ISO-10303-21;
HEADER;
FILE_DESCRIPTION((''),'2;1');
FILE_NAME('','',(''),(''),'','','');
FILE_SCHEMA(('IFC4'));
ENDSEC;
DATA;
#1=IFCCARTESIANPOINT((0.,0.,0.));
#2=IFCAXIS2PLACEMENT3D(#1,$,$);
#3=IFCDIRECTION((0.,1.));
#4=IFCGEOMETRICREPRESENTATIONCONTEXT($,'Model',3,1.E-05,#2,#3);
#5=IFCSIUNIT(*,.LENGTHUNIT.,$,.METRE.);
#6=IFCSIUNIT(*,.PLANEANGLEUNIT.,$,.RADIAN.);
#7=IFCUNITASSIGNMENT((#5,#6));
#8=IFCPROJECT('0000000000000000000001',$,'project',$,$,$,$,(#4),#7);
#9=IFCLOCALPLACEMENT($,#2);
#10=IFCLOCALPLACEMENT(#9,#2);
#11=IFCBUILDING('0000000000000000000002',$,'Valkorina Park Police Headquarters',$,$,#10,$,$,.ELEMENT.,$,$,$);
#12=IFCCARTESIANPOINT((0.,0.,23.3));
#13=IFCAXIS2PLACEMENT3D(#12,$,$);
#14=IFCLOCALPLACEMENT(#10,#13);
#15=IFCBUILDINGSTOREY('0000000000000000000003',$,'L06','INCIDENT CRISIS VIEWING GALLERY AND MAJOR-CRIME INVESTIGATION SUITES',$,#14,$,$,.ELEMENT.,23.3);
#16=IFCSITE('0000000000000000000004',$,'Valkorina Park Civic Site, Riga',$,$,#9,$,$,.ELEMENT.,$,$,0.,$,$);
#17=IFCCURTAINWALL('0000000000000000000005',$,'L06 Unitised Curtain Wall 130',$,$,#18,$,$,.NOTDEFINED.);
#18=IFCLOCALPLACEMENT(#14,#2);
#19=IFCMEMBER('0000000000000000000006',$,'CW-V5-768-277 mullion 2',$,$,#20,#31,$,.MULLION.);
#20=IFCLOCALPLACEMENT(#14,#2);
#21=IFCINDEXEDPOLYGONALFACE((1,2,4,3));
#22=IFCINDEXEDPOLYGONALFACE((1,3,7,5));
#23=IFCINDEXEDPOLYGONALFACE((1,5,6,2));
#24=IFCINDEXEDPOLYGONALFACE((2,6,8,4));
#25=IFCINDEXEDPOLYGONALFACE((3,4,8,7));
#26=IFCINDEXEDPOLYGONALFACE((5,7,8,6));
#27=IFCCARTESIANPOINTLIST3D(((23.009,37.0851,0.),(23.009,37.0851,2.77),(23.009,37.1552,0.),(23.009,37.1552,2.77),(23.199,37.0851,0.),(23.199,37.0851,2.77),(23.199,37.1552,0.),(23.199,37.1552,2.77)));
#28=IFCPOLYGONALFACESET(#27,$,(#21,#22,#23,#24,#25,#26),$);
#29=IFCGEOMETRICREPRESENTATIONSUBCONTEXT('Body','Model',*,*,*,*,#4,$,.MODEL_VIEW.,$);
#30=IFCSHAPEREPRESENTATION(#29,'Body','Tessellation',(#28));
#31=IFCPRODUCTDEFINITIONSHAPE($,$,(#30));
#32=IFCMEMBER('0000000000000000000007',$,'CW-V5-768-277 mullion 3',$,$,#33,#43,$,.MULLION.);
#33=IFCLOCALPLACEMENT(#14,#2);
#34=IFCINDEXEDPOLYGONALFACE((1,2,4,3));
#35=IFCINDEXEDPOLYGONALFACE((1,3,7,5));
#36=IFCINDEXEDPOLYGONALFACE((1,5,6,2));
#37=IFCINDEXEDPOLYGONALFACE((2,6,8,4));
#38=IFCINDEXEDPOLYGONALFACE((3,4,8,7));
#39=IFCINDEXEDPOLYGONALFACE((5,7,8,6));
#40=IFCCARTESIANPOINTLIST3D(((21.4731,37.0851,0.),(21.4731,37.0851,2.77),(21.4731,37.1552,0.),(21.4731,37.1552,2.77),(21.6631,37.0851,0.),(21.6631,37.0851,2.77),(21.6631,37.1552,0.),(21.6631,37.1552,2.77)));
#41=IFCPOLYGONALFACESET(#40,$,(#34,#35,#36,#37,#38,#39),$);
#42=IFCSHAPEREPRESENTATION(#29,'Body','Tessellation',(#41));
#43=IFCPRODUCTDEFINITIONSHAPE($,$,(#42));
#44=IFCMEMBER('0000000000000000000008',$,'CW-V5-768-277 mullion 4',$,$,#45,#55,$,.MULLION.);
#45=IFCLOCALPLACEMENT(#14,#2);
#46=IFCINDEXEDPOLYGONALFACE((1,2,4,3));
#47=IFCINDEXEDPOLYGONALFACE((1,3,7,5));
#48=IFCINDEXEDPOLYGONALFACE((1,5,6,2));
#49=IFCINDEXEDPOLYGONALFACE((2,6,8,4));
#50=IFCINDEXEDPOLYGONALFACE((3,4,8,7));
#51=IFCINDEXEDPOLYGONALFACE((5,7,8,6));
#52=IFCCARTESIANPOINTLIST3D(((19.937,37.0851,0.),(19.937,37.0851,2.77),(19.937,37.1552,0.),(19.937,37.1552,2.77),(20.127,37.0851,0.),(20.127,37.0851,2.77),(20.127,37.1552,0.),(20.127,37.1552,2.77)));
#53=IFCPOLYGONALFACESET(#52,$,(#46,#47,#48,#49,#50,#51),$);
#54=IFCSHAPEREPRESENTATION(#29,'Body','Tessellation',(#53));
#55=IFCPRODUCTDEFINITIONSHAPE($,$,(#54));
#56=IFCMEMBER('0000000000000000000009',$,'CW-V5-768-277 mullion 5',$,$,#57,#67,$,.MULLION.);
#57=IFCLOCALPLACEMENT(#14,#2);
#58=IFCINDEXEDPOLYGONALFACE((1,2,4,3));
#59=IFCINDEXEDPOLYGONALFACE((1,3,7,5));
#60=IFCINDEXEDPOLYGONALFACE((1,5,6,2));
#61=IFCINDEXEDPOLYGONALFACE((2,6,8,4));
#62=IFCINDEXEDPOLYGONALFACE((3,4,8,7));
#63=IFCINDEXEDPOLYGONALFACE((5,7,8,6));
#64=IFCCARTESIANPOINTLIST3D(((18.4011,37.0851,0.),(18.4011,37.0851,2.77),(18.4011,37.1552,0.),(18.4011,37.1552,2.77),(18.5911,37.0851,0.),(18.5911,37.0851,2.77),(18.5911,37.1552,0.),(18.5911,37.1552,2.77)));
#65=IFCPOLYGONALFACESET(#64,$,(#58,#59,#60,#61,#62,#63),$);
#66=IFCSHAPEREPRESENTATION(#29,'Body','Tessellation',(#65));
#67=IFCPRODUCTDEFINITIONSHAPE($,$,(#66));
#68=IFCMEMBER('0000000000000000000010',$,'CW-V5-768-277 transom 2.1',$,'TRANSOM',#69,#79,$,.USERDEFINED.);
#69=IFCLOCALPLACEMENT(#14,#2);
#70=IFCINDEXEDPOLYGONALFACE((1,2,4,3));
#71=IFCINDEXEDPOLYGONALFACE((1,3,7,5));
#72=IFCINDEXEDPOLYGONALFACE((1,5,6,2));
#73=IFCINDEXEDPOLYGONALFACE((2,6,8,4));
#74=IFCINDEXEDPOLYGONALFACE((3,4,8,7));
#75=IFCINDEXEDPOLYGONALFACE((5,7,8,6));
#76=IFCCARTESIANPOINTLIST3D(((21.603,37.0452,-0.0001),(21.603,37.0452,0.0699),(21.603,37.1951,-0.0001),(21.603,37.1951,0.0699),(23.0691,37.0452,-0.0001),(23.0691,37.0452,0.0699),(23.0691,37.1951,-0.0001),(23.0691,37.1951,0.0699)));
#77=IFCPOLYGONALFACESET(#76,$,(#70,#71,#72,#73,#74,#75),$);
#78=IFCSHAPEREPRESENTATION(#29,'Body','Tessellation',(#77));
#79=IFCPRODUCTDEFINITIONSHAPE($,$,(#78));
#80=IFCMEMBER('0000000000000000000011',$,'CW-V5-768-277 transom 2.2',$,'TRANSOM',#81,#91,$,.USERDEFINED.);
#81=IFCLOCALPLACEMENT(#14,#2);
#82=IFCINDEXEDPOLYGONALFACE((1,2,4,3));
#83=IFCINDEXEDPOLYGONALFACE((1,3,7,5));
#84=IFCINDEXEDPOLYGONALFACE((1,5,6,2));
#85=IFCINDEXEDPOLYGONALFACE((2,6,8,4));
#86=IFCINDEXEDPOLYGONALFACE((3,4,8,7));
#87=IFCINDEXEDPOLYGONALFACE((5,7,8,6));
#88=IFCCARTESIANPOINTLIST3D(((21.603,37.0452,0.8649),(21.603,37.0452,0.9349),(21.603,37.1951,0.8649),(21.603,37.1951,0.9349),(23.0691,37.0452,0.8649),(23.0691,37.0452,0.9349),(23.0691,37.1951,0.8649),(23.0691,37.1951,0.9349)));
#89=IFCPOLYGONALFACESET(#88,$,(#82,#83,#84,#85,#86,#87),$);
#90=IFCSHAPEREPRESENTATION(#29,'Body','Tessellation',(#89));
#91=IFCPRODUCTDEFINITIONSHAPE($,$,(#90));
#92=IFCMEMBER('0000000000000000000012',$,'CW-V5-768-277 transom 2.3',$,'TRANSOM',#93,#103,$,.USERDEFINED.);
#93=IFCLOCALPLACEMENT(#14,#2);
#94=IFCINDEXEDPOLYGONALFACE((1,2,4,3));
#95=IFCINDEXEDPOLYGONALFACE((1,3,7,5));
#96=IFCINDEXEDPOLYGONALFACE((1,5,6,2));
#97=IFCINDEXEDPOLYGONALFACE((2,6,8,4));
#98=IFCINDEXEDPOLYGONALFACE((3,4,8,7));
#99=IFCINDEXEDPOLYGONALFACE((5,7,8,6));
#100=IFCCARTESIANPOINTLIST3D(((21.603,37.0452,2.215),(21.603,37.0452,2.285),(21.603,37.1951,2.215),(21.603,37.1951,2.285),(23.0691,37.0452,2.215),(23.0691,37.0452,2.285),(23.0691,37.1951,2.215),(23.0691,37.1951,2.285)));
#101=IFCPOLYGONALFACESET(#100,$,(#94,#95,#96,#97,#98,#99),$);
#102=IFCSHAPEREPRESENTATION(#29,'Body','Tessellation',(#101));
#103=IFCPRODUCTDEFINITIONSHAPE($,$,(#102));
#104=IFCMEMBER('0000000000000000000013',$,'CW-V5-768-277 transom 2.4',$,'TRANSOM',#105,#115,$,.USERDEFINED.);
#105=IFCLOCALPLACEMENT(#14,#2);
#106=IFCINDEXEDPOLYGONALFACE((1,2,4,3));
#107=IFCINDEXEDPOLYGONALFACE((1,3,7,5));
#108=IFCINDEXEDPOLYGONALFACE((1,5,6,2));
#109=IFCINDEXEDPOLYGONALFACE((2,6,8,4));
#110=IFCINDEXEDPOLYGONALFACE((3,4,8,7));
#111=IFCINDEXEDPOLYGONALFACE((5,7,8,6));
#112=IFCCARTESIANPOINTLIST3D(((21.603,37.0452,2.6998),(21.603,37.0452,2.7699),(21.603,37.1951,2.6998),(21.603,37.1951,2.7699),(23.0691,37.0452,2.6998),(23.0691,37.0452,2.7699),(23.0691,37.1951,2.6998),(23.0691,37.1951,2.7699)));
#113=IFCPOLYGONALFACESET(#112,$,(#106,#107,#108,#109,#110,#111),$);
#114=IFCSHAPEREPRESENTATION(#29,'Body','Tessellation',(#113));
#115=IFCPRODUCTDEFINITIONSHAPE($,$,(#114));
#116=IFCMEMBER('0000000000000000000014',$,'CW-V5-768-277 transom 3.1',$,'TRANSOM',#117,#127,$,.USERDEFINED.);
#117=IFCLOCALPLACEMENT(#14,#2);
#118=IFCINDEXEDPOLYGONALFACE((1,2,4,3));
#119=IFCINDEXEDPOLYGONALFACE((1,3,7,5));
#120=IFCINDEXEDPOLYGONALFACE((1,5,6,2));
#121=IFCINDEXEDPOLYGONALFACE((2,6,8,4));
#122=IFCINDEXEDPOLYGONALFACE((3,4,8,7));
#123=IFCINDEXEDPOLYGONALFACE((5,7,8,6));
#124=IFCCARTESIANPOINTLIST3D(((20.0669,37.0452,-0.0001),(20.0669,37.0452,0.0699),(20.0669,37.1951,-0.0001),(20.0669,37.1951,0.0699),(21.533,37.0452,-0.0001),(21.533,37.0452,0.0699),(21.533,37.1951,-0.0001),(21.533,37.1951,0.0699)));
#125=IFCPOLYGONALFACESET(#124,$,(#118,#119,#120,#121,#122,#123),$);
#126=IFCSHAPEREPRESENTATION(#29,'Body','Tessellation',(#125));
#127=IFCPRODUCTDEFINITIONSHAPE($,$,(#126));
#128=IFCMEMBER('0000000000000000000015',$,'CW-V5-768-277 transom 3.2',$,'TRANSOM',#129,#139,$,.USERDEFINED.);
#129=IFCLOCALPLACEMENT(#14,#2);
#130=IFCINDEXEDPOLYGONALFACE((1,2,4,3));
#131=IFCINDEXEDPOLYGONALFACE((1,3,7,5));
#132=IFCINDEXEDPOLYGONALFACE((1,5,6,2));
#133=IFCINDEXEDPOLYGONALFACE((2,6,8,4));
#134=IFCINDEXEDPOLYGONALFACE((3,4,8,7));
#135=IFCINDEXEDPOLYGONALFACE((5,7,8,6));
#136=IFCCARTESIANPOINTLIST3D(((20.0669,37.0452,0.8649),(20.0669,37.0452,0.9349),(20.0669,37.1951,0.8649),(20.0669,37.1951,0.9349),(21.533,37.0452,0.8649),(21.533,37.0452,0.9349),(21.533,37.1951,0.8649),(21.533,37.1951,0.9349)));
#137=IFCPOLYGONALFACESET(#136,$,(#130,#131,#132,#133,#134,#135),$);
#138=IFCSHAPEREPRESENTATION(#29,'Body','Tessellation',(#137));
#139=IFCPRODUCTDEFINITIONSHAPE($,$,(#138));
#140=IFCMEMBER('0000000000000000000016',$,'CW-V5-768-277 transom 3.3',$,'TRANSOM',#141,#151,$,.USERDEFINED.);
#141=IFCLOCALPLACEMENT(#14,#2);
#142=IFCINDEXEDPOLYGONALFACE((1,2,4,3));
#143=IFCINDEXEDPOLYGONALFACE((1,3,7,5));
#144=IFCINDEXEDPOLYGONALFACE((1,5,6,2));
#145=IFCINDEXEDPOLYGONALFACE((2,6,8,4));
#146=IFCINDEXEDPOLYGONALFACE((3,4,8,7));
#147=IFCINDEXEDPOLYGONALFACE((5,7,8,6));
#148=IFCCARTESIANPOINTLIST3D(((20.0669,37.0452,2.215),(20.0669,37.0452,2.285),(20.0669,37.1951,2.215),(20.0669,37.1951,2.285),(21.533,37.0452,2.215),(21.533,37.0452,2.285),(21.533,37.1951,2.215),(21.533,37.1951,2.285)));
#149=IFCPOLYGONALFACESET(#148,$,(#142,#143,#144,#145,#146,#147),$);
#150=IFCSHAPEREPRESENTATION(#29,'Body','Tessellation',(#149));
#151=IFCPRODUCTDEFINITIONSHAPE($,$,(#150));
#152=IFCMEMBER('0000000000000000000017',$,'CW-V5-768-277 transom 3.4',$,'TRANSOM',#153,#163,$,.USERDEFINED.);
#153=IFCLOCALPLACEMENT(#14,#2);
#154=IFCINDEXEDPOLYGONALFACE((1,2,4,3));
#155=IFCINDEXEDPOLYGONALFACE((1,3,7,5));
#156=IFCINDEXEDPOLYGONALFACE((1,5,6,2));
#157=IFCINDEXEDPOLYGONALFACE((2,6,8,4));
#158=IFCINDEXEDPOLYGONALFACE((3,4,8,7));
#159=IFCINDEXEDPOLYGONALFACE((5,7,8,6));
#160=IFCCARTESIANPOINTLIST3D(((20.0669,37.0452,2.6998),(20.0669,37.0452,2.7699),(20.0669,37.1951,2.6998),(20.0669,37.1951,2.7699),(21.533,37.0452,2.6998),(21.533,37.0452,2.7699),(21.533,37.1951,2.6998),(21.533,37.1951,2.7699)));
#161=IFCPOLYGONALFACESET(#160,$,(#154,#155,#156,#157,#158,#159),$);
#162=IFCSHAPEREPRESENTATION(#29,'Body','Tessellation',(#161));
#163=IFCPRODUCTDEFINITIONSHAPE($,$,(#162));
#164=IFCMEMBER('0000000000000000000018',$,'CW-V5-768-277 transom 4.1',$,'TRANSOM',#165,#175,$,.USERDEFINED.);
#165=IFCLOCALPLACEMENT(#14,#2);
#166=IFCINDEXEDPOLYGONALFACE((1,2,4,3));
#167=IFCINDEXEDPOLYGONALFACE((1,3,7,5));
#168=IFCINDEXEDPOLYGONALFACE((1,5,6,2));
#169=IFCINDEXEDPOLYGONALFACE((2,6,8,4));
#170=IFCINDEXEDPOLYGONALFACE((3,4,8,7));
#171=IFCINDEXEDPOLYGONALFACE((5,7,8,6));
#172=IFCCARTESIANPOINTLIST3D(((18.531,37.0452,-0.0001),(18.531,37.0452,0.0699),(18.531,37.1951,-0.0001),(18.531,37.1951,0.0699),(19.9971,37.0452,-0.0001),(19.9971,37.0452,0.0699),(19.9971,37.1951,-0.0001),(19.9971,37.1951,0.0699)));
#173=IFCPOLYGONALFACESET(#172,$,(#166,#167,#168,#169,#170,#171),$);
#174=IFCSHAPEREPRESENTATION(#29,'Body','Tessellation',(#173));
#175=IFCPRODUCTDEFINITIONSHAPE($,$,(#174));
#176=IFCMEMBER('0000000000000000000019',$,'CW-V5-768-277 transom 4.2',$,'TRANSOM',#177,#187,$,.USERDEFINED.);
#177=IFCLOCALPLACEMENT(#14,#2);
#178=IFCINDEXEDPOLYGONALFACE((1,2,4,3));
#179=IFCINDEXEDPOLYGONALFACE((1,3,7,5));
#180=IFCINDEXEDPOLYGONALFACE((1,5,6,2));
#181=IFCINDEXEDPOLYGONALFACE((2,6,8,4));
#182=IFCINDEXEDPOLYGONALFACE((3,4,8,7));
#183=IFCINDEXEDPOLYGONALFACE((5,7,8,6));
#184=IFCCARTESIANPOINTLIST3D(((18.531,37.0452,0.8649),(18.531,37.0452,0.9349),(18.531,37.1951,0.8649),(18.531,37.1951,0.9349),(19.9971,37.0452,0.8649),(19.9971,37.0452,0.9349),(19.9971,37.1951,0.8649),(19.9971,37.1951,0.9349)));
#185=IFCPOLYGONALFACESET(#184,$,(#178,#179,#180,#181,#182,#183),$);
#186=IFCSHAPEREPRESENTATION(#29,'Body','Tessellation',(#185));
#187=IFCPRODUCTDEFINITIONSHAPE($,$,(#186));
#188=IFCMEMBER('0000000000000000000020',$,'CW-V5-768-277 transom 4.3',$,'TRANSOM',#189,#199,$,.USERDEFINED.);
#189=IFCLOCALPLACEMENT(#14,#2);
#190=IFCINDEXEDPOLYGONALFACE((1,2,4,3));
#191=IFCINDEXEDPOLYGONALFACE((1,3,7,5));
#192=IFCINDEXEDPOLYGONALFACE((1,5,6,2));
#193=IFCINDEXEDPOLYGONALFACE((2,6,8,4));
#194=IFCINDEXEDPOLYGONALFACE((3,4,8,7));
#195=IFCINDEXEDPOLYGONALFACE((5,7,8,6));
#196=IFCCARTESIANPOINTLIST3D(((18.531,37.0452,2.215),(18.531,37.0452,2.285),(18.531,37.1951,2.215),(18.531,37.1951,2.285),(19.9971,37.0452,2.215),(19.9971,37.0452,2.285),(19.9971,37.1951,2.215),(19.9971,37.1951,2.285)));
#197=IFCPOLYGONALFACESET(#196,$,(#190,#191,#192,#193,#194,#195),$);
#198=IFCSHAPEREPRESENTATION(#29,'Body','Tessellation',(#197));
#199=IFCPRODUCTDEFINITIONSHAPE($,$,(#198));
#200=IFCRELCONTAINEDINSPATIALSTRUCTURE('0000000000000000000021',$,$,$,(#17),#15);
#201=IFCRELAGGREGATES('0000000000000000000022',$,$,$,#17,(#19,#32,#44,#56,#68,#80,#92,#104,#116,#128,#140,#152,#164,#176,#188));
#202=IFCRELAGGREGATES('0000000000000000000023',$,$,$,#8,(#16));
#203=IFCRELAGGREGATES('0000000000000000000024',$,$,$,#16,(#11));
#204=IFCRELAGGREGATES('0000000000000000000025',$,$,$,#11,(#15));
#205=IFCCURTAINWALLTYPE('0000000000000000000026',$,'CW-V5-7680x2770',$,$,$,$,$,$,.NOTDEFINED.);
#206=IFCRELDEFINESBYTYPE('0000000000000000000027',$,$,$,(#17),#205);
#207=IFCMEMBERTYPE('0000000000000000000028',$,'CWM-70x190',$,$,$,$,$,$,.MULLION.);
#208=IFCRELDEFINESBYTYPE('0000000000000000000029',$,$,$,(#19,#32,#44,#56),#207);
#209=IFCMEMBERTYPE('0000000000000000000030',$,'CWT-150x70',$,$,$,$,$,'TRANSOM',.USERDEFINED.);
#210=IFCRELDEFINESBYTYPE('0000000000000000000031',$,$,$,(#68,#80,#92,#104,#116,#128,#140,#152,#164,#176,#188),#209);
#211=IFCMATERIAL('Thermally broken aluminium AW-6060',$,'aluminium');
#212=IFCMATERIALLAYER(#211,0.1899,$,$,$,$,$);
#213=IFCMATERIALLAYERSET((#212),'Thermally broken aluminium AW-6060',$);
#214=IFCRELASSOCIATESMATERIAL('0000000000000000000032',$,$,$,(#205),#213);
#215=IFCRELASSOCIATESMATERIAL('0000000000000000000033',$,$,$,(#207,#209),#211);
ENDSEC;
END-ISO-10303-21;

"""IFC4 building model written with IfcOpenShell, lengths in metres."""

from ifc_helpers import new_model, si_unit, direction, frame, origin, origin_2d, place, context, subcontext, project, spatial, rectangle, extrude, material, layer, layer_set, material_profile, profile_set, type_object, element, aggregate, save


model = new_model("IFC4")

# Units and contexts
model_context = context("Model", 3, precision=1e-05, world=origin(), true_north=direction((0.0, 1.0)))
body_context = subcontext(model_context, "Body", "Model", "MODEL_VIEW")
ifc_project = project(units=[si_unit("LENGTHUNIT", "METRE"), si_unit("PLANEANGLEUNIT", "RADIAN")], contexts=[model_context])

# Site, building, storey
site_placement = place(None, origin())
site = spatial("IfcSite", under=ifc_project, at=site_placement, Name="Valkorina Park Civic Site, Riga", CompositionType="ELEMENT", RefElevation=0.0)
building_placement = place(site_placement, origin())
building = spatial("IfcBuilding", under=site, at=building_placement, Name="Valkorina Park Police Headquarters", CompositionType="ELEMENT")
storey_placement = place(building_placement, frame((0.0, 0.0, 23.3)))
storey = spatial("IfcBuildingStorey", under=building, at=storey_placement, Name="L06", Description="INCIDENT CRISIS VIEWING GALLERY AND MAJOR-CRIME INVESTIGATION SUITES", CompositionType="ELEMENT", Elevation=23.3)

# Curtain wall, members
ifc_material_1 = material(Name="Thermally broken aluminium AW-6060", Category="aluminium")
ifc_layer_1 = layer(ifc_material_1, 0.1899)
ifc_layer_set_1 = layer_set([ifc_layer_1], Name="Thermally broken aluminium AW-6060")
curtain_wall_type = type_object("IfcCurtainWallType", Name="CW-V5-7680x2770", PredefinedType="NOTDEFINED", material=ifc_layer_set_1)
curtain_wall_placement = place(storey_placement, origin())
curtain_wall = element("IfcCurtainWall", 1, at=curtain_wall_placement, inside=storey, type_object=curtain_wall_type, Name="L06 Unitised Curtain Wall 130", PredefinedType="NOTDEFINED")
ifc_material_profile_1 = material_profile(ifc_material_1, rectangle(XDim=0.0701, YDim=0.1899, at=origin_2d()), Name="CWM-02 70x190")
ifc_profile_set_1 = profile_set([ifc_material_profile_1], Name="Thermally broken aluminium AW-6060")
member_type_1 = type_object("IfcMemberType", Name="CWM-70x190", PredefinedType="MULLION", material=ifc_profile_set_1)
member_1_placement = place(storey_placement, frame((23.104, 37.1201, 0.0), z_axis=(0.0, 0.0, 1.0), x_axis=(0.0, -1.0, 0.0)))
member_1 = element("IfcMember", 2, at=member_1_placement, type_object=member_type_1, Name="CW-V5-768-277 mullion 2", PredefinedType="MULLION", context=body_context, shape_type="SweptSolid", body=[
    extrude(rectangle(XDim=0.0701, YDim=0.1899, at=origin_2d()), origin(), (0.0, 0.0, 1.0), 2.77),
])
member_2_placement = place(storey_placement, frame((21.5681, 37.1201, 0.0), z_axis=(0.0, 0.0, 1.0), x_axis=(0.0, -1.0, 0.0)))
member_2 = element("IfcMember", 3, at=member_2_placement, type_object=member_type_1, Name="CW-V5-768-277 mullion 3", PredefinedType="MULLION", context=body_context, shape_type="SweptSolid", body=[
    extrude(rectangle(XDim=0.0701, YDim=0.1899, at=origin_2d()), origin(), (0.0, 0.0, 1.0), 2.77),
])
member_3_placement = place(storey_placement, frame((20.032, 37.1201, 0.0), z_axis=(0.0, 0.0, 1.0), x_axis=(0.0, -1.0, 0.0)))
member_3 = element("IfcMember", 4, at=member_3_placement, type_object=member_type_1, Name="CW-V5-768-277 mullion 4", PredefinedType="MULLION", context=body_context, shape_type="SweptSolid", body=[
    extrude(rectangle(XDim=0.0701, YDim=0.1899, at=origin_2d()), origin(), (0.0, 0.0, 1.0), 2.77),
])
member_4_placement = place(storey_placement, frame((18.4961, 37.1201, 0.0), z_axis=(0.0, 0.0, 1.0), x_axis=(0.0, -1.0, 0.0)))
member_4 = element("IfcMember", 5, at=member_4_placement, type_object=member_type_1, Name="CW-V5-768-277 mullion 5", PredefinedType="MULLION", context=body_context, shape_type="SweptSolid", body=[
    extrude(rectangle(XDim=0.0701, YDim=0.1899, at=origin_2d()), origin(), (0.0, 0.0, 1.0), 2.77),
])
ifc_material_profile_2 = material_profile(ifc_material_1, rectangle(XDim=0.1499, YDim=0.0701, at=origin_2d()), Name="CWT-02 150x70")
ifc_profile_set_2 = profile_set([ifc_material_profile_2], Name="Thermally broken aluminium AW-6060")
member_type_2 = type_object("IfcMemberType", Name="CWT-150x70", ElementType="TRANSOM", PredefinedType="USERDEFINED", material=ifc_profile_set_2)
member_5_placement = place(storey_placement, frame((23.0691, 37.1201, 0.0349), z_axis=(-1.0, 0.0, 0.0), x_axis=(0.0, -1.0, 0.0)))
member_5 = element("IfcMember", 6, at=member_5_placement, type_object=member_type_2, Name="CW-V5-768-277 transom 2.1", ObjectType="TRANSOM", PredefinedType="USERDEFINED", context=body_context, shape_type="SweptSolid", body=[
    extrude(rectangle(XDim=0.1499, YDim=0.0701, at=origin_2d()), origin(), (0.0, 0.0, 1.0), 1.4661),
])
member_6_placement = place(storey_placement, frame((23.0691, 37.1201, 0.8999), z_axis=(-1.0, 0.0, 0.0), x_axis=(0.0, -1.0, 0.0)))
member_6 = element("IfcMember", 7, at=member_6_placement, type_object=member_type_2, Name="CW-V5-768-277 transom 2.2", ObjectType="TRANSOM", PredefinedType="USERDEFINED", context=body_context, shape_type="SweptSolid", body=[
    extrude(rectangle(XDim=0.1499, YDim=0.0701, at=origin_2d()), origin(), (0.0, 0.0, 1.0), 1.4661),
])
member_7_placement = place(storey_placement, frame((23.0691, 37.1201, 2.25), z_axis=(-1.0, 0.0, 0.0), x_axis=(0.0, -1.0, 0.0)))
member_7 = element("IfcMember", 8, at=member_7_placement, type_object=member_type_2, Name="CW-V5-768-277 transom 2.3", ObjectType="TRANSOM", PredefinedType="USERDEFINED", context=body_context, shape_type="SweptSolid", body=[
    extrude(rectangle(XDim=0.1499, YDim=0.0701, at=origin_2d()), origin(), (0.0, 0.0, 1.0), 1.4661),
])
member_8_placement = place(storey_placement, frame((23.0691, 37.1201, 2.7349), z_axis=(-1.0, 0.0, 0.0), x_axis=(0.0, -1.0, 0.0)))
member_8 = element("IfcMember", 9, at=member_8_placement, type_object=member_type_2, Name="CW-V5-768-277 transom 2.4", ObjectType="TRANSOM", PredefinedType="USERDEFINED", context=body_context, shape_type="SweptSolid", body=[
    extrude(rectangle(XDim=0.1499, YDim=0.0701, at=origin_2d()), origin(), (0.0, 0.0, 1.0), 1.4661),
])
member_9_placement = place(storey_placement, frame((21.533, 37.1201, 0.0349), z_axis=(-1.0, 0.0, 0.0), x_axis=(0.0, -1.0, 0.0)))
member_9 = element("IfcMember", 10, at=member_9_placement, type_object=member_type_2, Name="CW-V5-768-277 transom 3.1", ObjectType="TRANSOM", PredefinedType="USERDEFINED", context=body_context, shape_type="SweptSolid", body=[
    extrude(rectangle(XDim=0.1499, YDim=0.0701, at=origin_2d()), origin(), (0.0, 0.0, 1.0), 1.4661),
])
member_10_placement = place(storey_placement, frame((21.533, 37.1201, 0.8999), z_axis=(-1.0, 0.0, 0.0), x_axis=(0.0, -1.0, 0.0)))
member_10 = element("IfcMember", 11, at=member_10_placement, type_object=member_type_2, Name="CW-V5-768-277 transom 3.2", ObjectType="TRANSOM", PredefinedType="USERDEFINED", context=body_context, shape_type="SweptSolid", body=[
    extrude(rectangle(XDim=0.1499, YDim=0.0701, at=origin_2d()), origin(), (0.0, 0.0, 1.0), 1.4661),
])
member_11_placement = place(storey_placement, frame((21.533, 37.1201, 2.25), z_axis=(-1.0, 0.0, 0.0), x_axis=(0.0, -1.0, 0.0)))
member_11 = element("IfcMember", 12, at=member_11_placement, type_object=member_type_2, Name="CW-V5-768-277 transom 3.3", ObjectType="TRANSOM", PredefinedType="USERDEFINED", context=body_context, shape_type="SweptSolid", body=[
    extrude(rectangle(XDim=0.1499, YDim=0.0701, at=origin_2d()), origin(), (0.0, 0.0, 1.0), 1.4661),
])
member_12_placement = place(storey_placement, frame((21.533, 37.1201, 2.7349), z_axis=(-1.0, 0.0, 0.0), x_axis=(0.0, -1.0, 0.0)))
member_12 = element("IfcMember", 13, at=member_12_placement, type_object=member_type_2, Name="CW-V5-768-277 transom 3.4", ObjectType="TRANSOM", PredefinedType="USERDEFINED", context=body_context, shape_type="SweptSolid", body=[
    extrude(rectangle(XDim=0.1499, YDim=0.0701, at=origin_2d()), origin(), (0.0, 0.0, 1.0), 1.4661),
])
member_13_placement = place(storey_placement, frame((19.9971, 37.1201, 0.0349), z_axis=(-1.0, 0.0, 0.0), x_axis=(0.0, -1.0, 0.0)))
member_13 = element("IfcMember", 14, at=member_13_placement, type_object=member_type_2, Name="CW-V5-768-277 transom 4.1", ObjectType="TRANSOM", PredefinedType="USERDEFINED", context=body_context, shape_type="SweptSolid", body=[
    extrude(rectangle(XDim=0.1499, YDim=0.0701, at=origin_2d()), origin(), (0.0, 0.0, 1.0), 1.4661),
])
member_14_placement = place(storey_placement, frame((19.9971, 37.1201, 0.8999), z_axis=(-1.0, 0.0, 0.0), x_axis=(0.0, -1.0, 0.0)))
member_14 = element("IfcMember", 15, at=member_14_placement, type_object=member_type_2, Name="CW-V5-768-277 transom 4.2", ObjectType="TRANSOM", PredefinedType="USERDEFINED", context=body_context, shape_type="SweptSolid", body=[
    extrude(rectangle(XDim=0.1499, YDim=0.0701, at=origin_2d()), origin(), (0.0, 0.0, 1.0), 1.4661),
])
member_15_placement = place(storey_placement, frame((19.9971, 37.1201, 2.25), z_axis=(-1.0, 0.0, 0.0), x_axis=(0.0, -1.0, 0.0)))
member_15 = element("IfcMember", 16, at=member_15_placement, type_object=member_type_2, Name="CW-V5-768-277 transom 4.3", ObjectType="TRANSOM", PredefinedType="USERDEFINED", context=body_context, shape_type="SweptSolid", body=[
    extrude(rectangle(XDim=0.1499, YDim=0.0701, at=origin_2d()), origin(), (0.0, 0.0, 1.0), 1.4661),
])
aggregate(curtain_wall, [member_1, member_2, member_3, member_4, member_5, member_6, member_7, member_8, member_9, member_10, member_11, member_12, member_13, member_14, member_15])

save(model, "model.ifc")
